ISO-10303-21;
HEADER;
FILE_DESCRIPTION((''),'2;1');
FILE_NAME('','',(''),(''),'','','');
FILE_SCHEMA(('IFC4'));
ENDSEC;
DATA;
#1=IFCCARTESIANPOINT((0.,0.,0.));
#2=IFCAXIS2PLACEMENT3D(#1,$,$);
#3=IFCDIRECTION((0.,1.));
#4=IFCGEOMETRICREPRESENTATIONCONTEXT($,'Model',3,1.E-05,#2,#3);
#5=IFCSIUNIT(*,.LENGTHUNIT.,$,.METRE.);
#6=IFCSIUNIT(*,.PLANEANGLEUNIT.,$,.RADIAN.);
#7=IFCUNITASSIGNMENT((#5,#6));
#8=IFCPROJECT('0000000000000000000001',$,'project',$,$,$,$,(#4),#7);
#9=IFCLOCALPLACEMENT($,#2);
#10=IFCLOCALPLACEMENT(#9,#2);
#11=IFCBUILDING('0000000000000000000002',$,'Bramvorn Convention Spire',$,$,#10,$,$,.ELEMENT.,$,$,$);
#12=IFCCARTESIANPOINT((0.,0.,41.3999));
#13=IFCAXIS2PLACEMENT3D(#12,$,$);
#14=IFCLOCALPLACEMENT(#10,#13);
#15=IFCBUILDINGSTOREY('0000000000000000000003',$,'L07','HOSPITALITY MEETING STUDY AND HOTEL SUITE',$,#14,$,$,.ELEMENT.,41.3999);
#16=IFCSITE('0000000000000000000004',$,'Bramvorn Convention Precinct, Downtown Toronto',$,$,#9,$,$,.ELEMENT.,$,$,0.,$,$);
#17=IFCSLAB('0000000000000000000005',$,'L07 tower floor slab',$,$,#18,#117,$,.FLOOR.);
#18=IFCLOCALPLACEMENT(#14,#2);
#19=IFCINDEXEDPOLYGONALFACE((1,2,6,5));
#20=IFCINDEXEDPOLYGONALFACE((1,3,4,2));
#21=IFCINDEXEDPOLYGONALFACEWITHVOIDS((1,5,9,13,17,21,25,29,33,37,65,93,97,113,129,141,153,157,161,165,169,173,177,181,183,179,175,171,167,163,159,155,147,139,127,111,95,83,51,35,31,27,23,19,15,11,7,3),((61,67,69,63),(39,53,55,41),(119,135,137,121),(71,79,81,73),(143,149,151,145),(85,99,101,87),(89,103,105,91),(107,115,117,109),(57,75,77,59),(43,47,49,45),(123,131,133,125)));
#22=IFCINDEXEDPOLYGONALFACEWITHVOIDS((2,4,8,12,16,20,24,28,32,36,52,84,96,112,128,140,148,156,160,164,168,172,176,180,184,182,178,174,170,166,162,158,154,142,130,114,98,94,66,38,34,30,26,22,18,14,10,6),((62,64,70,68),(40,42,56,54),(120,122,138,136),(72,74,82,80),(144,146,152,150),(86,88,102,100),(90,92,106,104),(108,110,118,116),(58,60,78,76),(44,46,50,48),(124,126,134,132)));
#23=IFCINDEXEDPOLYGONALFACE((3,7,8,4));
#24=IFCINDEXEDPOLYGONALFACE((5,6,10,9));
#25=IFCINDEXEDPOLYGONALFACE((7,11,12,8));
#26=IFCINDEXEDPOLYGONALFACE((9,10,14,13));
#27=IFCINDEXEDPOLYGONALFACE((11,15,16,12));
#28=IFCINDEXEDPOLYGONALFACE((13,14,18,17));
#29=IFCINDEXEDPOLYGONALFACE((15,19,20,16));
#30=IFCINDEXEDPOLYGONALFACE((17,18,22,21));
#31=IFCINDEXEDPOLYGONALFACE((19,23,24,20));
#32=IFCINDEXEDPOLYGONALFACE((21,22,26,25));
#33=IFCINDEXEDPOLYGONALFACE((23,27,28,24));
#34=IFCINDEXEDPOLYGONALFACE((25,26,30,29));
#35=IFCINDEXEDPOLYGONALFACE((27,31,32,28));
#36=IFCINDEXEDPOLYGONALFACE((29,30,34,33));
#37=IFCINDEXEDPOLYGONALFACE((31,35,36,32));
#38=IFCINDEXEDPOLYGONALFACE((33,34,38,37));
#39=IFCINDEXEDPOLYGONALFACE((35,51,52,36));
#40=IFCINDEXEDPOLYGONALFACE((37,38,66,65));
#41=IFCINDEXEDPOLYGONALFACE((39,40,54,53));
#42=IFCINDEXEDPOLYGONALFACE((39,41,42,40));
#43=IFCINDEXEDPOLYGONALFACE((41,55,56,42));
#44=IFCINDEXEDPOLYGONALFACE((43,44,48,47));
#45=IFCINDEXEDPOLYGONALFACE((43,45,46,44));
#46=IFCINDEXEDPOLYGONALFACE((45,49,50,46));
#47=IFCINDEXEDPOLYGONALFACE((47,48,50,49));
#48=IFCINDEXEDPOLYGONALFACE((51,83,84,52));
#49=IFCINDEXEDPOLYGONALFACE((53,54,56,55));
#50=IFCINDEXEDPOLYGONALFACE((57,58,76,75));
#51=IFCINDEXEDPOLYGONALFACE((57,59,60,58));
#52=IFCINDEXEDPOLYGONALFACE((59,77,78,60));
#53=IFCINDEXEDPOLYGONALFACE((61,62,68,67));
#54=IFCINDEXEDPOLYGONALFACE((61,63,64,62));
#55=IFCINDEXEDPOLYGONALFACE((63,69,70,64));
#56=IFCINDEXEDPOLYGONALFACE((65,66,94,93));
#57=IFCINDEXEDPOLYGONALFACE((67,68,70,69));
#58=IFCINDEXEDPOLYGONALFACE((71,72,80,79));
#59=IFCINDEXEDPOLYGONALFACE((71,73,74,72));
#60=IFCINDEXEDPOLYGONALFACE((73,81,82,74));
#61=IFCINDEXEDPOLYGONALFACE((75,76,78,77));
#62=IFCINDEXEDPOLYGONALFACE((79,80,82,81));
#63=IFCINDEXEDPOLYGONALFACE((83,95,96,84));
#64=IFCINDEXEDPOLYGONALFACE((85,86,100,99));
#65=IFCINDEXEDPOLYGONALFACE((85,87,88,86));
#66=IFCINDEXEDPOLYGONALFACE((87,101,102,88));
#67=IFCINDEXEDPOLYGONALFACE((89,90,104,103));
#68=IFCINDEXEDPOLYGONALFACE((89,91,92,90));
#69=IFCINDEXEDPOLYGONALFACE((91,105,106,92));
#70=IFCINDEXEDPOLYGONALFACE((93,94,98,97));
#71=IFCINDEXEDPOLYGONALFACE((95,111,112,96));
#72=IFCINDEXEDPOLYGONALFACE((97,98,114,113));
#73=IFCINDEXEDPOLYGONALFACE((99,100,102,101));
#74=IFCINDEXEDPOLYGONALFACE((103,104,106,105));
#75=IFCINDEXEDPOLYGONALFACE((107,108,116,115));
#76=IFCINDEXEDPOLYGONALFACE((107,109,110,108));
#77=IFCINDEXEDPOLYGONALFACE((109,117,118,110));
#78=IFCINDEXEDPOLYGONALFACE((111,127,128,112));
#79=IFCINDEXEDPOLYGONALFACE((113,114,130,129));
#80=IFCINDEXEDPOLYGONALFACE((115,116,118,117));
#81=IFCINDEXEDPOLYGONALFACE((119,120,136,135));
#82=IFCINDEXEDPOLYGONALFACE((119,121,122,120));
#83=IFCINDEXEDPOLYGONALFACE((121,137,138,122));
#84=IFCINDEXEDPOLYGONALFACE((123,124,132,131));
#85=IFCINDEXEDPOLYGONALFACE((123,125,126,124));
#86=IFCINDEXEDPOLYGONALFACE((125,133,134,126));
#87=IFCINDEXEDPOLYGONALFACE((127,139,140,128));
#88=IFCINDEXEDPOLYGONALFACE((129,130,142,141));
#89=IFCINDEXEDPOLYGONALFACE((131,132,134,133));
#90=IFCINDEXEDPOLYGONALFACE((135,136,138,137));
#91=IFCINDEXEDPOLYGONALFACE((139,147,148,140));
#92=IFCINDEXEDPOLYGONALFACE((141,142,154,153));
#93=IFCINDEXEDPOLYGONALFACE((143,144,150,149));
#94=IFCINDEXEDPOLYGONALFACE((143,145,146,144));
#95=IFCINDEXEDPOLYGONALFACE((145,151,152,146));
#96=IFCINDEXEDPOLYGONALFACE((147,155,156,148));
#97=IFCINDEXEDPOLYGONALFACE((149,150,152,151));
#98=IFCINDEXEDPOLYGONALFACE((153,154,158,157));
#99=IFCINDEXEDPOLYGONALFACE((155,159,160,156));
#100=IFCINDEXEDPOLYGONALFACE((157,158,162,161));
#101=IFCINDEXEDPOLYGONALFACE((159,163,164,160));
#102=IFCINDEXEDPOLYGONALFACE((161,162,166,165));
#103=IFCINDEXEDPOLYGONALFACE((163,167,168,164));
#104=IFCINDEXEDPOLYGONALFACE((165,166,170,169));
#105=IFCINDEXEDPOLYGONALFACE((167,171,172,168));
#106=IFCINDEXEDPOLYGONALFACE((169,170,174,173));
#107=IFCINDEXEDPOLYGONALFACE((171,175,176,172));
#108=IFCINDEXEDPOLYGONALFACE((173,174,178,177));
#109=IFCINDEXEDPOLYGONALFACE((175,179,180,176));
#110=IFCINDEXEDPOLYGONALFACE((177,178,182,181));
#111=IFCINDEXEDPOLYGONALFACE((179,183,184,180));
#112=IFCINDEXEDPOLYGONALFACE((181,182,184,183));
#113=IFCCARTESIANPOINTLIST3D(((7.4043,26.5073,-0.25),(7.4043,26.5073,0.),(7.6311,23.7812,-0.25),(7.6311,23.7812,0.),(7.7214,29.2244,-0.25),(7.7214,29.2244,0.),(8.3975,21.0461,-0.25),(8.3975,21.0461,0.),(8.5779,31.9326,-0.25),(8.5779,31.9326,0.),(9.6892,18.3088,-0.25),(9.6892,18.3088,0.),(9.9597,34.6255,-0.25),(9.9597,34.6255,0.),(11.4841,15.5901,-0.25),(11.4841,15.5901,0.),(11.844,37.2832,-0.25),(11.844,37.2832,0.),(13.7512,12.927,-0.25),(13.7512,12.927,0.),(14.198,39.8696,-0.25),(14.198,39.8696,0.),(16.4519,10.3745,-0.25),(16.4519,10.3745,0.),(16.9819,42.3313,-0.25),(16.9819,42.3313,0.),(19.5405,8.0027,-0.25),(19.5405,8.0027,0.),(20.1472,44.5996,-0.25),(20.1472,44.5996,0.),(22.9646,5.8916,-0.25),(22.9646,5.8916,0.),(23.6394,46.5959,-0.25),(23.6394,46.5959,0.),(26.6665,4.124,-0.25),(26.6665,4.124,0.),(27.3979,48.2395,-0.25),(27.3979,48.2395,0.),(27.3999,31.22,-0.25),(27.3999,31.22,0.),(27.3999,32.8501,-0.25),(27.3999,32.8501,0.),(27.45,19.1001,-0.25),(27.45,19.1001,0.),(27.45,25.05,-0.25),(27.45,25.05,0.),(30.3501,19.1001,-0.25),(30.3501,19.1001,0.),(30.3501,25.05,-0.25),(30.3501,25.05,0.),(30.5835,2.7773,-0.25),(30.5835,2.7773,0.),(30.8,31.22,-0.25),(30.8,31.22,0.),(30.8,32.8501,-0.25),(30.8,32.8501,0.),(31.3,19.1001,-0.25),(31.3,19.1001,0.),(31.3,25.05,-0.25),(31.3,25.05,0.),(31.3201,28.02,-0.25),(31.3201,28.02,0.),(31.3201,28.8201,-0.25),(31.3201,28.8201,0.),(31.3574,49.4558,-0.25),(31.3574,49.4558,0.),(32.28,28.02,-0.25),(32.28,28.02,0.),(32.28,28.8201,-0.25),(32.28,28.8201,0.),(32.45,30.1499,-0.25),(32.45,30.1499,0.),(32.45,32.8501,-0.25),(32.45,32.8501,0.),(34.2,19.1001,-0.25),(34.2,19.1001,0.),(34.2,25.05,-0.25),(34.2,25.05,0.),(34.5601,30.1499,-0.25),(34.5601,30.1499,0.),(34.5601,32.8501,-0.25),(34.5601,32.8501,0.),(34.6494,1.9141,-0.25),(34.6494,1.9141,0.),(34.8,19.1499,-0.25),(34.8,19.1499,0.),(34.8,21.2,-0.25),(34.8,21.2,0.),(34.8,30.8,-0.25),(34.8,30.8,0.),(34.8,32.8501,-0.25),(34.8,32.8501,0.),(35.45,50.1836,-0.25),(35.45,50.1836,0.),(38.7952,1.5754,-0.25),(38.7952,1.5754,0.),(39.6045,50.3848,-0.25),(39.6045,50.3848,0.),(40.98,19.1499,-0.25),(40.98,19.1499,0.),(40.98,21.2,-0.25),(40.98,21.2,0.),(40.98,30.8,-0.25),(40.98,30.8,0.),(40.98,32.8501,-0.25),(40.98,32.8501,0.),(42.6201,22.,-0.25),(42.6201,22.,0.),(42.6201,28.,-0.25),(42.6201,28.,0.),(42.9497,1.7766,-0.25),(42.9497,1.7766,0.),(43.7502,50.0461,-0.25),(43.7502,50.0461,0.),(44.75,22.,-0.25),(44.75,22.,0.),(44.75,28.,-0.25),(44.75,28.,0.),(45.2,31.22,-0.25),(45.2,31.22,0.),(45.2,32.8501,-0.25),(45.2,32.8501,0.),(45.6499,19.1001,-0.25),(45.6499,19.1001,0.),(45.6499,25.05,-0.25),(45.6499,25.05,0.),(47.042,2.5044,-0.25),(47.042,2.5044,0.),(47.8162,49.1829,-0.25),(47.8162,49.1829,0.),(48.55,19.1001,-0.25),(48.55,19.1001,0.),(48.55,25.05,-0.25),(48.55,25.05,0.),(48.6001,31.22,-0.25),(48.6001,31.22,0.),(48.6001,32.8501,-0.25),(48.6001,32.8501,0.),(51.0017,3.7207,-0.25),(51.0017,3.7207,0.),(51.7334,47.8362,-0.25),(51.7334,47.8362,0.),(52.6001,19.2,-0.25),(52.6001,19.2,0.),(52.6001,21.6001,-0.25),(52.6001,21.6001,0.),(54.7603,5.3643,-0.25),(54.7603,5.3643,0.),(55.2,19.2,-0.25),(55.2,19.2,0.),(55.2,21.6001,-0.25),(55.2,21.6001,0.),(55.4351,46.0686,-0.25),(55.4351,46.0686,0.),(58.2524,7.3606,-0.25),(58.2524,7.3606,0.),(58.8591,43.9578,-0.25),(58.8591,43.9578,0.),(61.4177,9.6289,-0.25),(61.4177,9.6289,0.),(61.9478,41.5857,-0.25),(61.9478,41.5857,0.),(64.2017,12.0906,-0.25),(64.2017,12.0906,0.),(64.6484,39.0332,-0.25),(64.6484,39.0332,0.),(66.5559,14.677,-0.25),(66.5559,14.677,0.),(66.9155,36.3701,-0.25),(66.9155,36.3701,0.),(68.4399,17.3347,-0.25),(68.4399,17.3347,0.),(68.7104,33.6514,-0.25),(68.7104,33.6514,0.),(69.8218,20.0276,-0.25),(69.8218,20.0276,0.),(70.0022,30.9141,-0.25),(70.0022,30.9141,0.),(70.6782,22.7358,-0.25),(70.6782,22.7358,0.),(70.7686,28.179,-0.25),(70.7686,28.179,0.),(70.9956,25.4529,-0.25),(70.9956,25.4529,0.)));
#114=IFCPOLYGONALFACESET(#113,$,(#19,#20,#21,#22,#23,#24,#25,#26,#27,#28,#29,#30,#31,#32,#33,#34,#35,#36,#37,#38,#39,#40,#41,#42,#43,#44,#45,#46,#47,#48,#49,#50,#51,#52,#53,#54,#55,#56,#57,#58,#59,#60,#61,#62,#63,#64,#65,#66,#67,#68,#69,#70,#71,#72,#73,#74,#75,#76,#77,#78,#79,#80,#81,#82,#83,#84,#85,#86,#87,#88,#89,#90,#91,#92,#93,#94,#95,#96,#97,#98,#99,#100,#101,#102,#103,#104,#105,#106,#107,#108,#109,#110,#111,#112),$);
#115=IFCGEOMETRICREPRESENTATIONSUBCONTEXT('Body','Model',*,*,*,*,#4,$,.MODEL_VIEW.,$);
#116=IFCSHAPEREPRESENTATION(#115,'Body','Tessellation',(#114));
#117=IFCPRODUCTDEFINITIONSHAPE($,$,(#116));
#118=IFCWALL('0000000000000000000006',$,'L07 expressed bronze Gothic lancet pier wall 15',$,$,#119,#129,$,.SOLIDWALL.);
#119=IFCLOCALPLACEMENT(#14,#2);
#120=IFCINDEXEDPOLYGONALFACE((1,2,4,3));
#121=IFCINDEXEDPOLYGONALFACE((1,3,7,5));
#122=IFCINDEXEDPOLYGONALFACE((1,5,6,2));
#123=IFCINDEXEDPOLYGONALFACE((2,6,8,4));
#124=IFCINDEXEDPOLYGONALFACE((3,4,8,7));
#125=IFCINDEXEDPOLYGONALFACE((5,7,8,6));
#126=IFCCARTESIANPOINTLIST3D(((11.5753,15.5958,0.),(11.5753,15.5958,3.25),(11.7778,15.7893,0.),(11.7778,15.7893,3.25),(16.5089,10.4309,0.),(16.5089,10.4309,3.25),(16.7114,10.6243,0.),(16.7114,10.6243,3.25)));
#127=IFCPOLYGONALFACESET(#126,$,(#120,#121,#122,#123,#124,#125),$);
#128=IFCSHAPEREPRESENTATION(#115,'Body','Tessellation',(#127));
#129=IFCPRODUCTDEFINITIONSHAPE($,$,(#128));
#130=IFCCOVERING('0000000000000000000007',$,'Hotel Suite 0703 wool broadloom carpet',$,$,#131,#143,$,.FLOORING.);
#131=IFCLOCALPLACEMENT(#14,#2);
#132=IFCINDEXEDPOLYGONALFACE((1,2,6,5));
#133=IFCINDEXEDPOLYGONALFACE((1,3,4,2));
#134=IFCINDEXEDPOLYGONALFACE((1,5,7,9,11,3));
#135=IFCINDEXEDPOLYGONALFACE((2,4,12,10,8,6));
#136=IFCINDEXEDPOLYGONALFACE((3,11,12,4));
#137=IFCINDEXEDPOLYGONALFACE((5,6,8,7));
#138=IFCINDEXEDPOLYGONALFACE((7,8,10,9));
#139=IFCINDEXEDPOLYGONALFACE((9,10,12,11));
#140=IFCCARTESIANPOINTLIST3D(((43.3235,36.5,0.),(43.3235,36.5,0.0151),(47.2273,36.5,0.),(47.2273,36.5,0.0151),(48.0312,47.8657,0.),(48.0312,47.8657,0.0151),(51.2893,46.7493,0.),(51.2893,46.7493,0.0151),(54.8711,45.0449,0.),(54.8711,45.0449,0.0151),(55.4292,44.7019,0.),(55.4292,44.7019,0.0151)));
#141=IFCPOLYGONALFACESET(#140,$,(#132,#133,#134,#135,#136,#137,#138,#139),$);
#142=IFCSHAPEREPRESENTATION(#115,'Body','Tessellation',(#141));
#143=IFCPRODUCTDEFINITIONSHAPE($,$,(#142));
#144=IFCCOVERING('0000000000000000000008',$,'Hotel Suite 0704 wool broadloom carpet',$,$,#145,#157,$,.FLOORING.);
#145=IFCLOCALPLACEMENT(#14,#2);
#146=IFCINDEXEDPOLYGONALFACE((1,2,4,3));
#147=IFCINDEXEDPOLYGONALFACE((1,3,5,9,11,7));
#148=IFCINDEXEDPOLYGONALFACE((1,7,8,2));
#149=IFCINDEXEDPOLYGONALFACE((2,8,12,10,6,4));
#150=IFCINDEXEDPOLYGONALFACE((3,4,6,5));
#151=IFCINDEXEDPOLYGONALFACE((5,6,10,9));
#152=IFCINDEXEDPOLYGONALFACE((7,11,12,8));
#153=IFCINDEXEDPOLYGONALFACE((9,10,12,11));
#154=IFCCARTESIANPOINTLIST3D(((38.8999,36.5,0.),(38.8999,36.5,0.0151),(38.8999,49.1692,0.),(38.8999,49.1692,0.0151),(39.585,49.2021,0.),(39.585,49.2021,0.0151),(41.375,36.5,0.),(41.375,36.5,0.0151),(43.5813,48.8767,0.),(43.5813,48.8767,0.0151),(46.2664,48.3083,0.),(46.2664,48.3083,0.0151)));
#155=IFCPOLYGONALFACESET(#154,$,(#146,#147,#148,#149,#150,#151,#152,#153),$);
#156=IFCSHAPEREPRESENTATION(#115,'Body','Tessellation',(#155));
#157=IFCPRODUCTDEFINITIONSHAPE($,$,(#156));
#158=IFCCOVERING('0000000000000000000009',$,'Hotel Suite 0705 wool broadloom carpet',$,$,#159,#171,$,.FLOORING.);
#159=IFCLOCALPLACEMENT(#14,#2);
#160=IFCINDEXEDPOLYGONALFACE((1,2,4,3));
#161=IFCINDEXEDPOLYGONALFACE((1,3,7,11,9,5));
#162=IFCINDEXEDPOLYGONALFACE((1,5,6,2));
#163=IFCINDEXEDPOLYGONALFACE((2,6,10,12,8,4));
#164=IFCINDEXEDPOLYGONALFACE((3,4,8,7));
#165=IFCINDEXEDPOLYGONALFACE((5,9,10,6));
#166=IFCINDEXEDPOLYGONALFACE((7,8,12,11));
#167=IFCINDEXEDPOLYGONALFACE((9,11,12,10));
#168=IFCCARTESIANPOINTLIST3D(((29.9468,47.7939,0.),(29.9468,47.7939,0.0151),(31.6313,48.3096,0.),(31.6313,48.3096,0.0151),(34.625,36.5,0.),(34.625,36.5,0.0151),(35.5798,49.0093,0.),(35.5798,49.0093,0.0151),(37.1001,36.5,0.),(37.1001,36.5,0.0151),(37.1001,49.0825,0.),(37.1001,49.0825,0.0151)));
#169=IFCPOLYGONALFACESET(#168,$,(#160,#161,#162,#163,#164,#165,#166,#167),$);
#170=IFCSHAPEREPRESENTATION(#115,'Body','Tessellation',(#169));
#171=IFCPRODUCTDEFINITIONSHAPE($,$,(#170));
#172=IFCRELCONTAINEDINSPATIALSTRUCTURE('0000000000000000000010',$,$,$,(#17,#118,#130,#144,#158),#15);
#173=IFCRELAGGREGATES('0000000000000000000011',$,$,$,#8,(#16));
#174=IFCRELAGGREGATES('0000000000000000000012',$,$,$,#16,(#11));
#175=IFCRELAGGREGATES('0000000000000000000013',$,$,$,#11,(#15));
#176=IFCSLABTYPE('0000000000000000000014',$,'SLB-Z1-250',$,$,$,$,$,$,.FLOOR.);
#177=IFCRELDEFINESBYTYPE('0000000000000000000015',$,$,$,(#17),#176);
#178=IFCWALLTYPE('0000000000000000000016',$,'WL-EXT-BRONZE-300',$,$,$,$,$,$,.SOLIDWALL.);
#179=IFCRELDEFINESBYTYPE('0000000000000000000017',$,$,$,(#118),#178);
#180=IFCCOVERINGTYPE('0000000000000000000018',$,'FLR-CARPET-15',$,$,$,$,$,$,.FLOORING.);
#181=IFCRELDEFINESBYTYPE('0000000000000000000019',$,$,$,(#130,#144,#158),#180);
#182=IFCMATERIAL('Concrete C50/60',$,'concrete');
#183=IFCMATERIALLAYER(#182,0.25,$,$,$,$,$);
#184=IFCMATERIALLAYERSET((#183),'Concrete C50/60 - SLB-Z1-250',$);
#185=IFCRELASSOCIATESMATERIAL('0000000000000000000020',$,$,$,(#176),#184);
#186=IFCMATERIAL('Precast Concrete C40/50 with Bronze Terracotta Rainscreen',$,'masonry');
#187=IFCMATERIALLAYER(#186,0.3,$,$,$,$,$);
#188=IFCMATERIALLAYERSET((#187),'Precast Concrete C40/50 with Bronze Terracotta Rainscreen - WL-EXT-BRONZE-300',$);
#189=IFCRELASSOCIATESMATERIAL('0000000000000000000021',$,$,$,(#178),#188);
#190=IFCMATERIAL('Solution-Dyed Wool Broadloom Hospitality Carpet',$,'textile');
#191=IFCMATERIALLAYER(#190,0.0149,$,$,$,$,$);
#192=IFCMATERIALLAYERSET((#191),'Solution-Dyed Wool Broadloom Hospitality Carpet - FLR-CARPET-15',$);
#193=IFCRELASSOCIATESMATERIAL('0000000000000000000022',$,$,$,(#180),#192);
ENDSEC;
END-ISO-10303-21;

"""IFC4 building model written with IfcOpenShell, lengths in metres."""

from ifc_helpers import new_model, si_unit, direction, frame, frame_2d, origin, place, context, subcontext, project, spatial, polyline, rectangle, outline, extrude, material, layer, layer_set, type_object, element, save


model = new_model("IFC4")

# Units and contexts
model_context = context("Model", 3, precision=1e-05, world=origin(), true_north=direction((0.0, 1.0)))
body_context = subcontext(model_context, "Body", "Model", "MODEL_VIEW")
ifc_project = project(units=[si_unit("LENGTHUNIT", "METRE"), si_unit("PLANEANGLEUNIT", "RADIAN")], contexts=[model_context])

# Site, building, storey
site_placement = place(None, origin())
site = spatial("IfcSite", under=ifc_project, at=site_placement, Name="Bramvorn Convention Precinct, Downtown Toronto", CompositionType="ELEMENT", RefElevation=0.0)
building_placement = place(site_placement, origin())
building = spatial("IfcBuilding", under=site, at=building_placement, Name="Bramvorn Convention Spire", CompositionType="ELEMENT")
storey_placement = place(building_placement, frame((0.0, 0.0, 41.3999)))
storey = spatial("IfcBuildingStorey", under=building, at=storey_placement, Name="L07", Description="HOSPITALITY MEETING STUDY AND HOTEL SUITE", CompositionType="ELEMENT", Elevation=41.3999)

# Slab
ifc_material_1 = material(Name="Concrete C50/60", Category="concrete")
ifc_layer_1 = layer(ifc_material_1, 0.25)
ifc_layer_set_1 = layer_set([ifc_layer_1], Name="Concrete C50/60 - SLB-Z1-250")
slab_type_1 = type_object("IfcSlabType", Name="SLB-Z1-250", PredefinedType="FLOOR", material=ifc_layer_set_1)
slab_1_placement = place(storey_placement, frame((0.0, 0.0, -0.25)))
element("IfcSlab", 1, at=slab_1_placement, inside=storey, type_object=slab_type_1, Name="L07 tower floor slab", PredefinedType="FLOOR", context=body_context, shape_type="SweptSolid", body=[
    extrude(outline(polyline([(70.9956, 25.4529), (70.7686, 28.179), (70.0022, 30.9141), (68.7104, 33.6514), (66.9155, 36.3701), (64.6484, 39.0332), (61.9478, 41.5857), (58.8591, 43.9578), (55.4351, 46.0686), (51.7334, 47.8362), (47.8162, 49.1829), (43.7502, 50.0461), (39.6045, 50.3848), (35.45, 50.1836), (31.3574, 49.4558), (27.3979, 48.2395), (23.6394, 46.5959), (20.1472, 44.5996), (16.9819, 42.3313), (14.198, 39.8696), (11.844, 37.2832), (9.9597, 34.6255), (8.5779, 31.9326), (7.7214, 29.2244), (7.4043, 26.5073), (7.6311, 23.7812), (8.3975, 21.0461), (9.6892, 18.3088), (11.4841, 15.5901), (13.7512, 12.927), (16.4519, 10.3745), (19.5405, 8.0027), (22.9646, 5.8916), (26.6665, 4.124), (30.5835, 2.7773), (34.6494, 1.9141), (38.7952, 1.5754), (42.9497, 1.7766), (47.042, 2.5044), (51.0017, 3.7207), (54.7603, 5.3643), (58.2524, 7.3606), (61.4177, 9.6289), (64.2017, 12.0906), (66.5559, 14.677), (68.4399, 17.3347), (69.8218, 20.0276), (70.6782, 22.7358), (70.9956, 25.4529)]), holes=[polyline([(27.45, 25.05), (27.45, 19.1001), (30.3501, 19.1001), (30.3501, 25.05), (27.45, 25.05)]), polyline([(45.6499, 25.05), (45.6499, 19.1001), (48.55, 19.1001), (48.55, 25.05), (45.6499, 25.05)]), polyline([(31.3, 25.05), (31.3, 19.1001), (34.2, 19.1001), (34.2, 25.05), (31.3, 25.05)]), polyline([(27.3999, 31.22), (30.8, 31.22), (30.8, 32.8501), (27.3999, 32.8501), (27.3999, 31.22)]), polyline([(45.2, 31.22), (48.6001, 31.22), (48.6001, 32.8501), (45.2, 32.8501), (45.2, 31.22)]), polyline([(32.45, 30.1499), (34.5601, 30.1499), (34.5601, 32.8501), (32.45, 32.8501), (32.45, 30.1499)]), polyline([(34.8, 30.8), (40.98, 30.8), (40.98, 32.8501), (34.8, 32.8501), (34.8, 30.8)]), polyline([(34.8, 19.1499), (40.98, 19.1499), (40.98, 21.2), (34.8, 21.2), (34.8, 19.1499)]), polyline([(42.6201, 22.0), (44.75, 22.0), (44.75, 28.0), (42.6201, 28.0), (42.6201, 22.0)]), polyline([(31.3201, 28.02), (32.28, 28.02), (32.28, 28.8201), (31.3201, 28.8201), (31.3201, 28.02)]), polyline([(52.6001, 19.2), (55.2, 19.2), (55.2, 21.6001), (52.6001, 21.6001), (52.6001, 19.2)])]), origin(), (0.0, 0.0, 1.0), 0.25),
])

# Wall
ifc_material_2 = material(Name="Precast Concrete C40/50 with Bronze Terracotta Rainscreen", Category="masonry")
ifc_layer_2 = layer(ifc_material_2, 0.3)
ifc_layer_set_2 = layer_set([ifc_layer_2], Name="Precast Concrete C40/50 with Bronze Terracotta Rainscreen - WL-EXT-BRONZE-300")
wall_type = type_object("IfcWallType", Name="WL-EXT-BRONZE-300", PredefinedType="SOLIDWALL", material=ifc_layer_set_2)
wall_placement = place(storey_placement, frame((16.6101, 10.5276, 0.0), z_axis=(0.0, 0.0, 1.0), x_axis=(-0.69072, 0.723123, 0.0)))
element("IfcWall", 2, at=wall_placement, inside=storey, type_object=wall_type, Name="L07 expressed bronze Gothic lancet pier wall 15", PredefinedType="SOLIDWALL", context=body_context, shape_type="SweptSolid", body=[
    extrude(rectangle(XDim=7.1426, YDim=0.28, at=frame_2d((3.5713, 0.0))), origin(), (0.0, 0.0, 1.0), 3.25),
])

# Coverings
ifc_material_3 = material(Name="Solution-Dyed Wool Broadloom Hospitality Carpet", Category="textile")
ifc_layer_3 = layer(ifc_material_3, 0.0149)
ifc_layer_set_3 = layer_set([ifc_layer_3], Name="Solution-Dyed Wool Broadloom Hospitality Carpet - FLR-CARPET-15")
covering_type = type_object("IfcCoveringType", Name="FLR-CARPET-15", PredefinedType="FLOORING", material=ifc_layer_set_3)
covering_1_placement = place(storey_placement, origin())
element("IfcCovering", 3, at=covering_1_placement, inside=storey, type_object=covering_type, Name="Hotel Suite 0703 wool broadloom carpet", PredefinedType="FLOORING", context=body_context, shape_type="SweptSolid", body=[
    extrude(outline(polyline([(43.3235, 36.5), (47.2273, 36.5), (55.4292, 44.7019), (54.8711, 45.0449), (51.2893, 46.7493), (48.0312, 47.8657), (43.3235, 36.5)])), origin(), (0.0, 0.0, 1.0), 0.0151),
])
covering_2_placement = place(storey_placement, origin())
element("IfcCovering", 4, at=covering_2_placement, inside=storey, type_object=covering_type, Name="Hotel Suite 0704 wool broadloom carpet", PredefinedType="FLOORING", context=body_context, shape_type="SweptSolid", body=[
    extrude(outline(polyline([(39.585, 49.2021), (38.8999, 49.1692), (38.8999, 36.5), (41.375, 36.5), (46.2664, 48.3083), (43.5813, 48.8767), (39.585, 49.2021)])), origin(), (0.0, 0.0, 1.0), 0.0151),
])
covering_3_placement = place(storey_placement, origin())
element("IfcCovering", 5, at=covering_3_placement, inside=storey, type_object=covering_type, Name="Hotel Suite 0705 wool broadloom carpet", PredefinedType="FLOORING", context=body_context, shape_type="SweptSolid", body=[
    extrude(outline(polyline([(31.6313, 48.3096), (29.9468, 47.7939), (34.625, 36.5), (37.1001, 36.5), (37.1001, 49.0825), (35.5798, 49.0093), (31.6313, 48.3096)])), origin(), (0.0, 0.0, 1.0), 0.0151),
])

save(model, "model.ifc")
